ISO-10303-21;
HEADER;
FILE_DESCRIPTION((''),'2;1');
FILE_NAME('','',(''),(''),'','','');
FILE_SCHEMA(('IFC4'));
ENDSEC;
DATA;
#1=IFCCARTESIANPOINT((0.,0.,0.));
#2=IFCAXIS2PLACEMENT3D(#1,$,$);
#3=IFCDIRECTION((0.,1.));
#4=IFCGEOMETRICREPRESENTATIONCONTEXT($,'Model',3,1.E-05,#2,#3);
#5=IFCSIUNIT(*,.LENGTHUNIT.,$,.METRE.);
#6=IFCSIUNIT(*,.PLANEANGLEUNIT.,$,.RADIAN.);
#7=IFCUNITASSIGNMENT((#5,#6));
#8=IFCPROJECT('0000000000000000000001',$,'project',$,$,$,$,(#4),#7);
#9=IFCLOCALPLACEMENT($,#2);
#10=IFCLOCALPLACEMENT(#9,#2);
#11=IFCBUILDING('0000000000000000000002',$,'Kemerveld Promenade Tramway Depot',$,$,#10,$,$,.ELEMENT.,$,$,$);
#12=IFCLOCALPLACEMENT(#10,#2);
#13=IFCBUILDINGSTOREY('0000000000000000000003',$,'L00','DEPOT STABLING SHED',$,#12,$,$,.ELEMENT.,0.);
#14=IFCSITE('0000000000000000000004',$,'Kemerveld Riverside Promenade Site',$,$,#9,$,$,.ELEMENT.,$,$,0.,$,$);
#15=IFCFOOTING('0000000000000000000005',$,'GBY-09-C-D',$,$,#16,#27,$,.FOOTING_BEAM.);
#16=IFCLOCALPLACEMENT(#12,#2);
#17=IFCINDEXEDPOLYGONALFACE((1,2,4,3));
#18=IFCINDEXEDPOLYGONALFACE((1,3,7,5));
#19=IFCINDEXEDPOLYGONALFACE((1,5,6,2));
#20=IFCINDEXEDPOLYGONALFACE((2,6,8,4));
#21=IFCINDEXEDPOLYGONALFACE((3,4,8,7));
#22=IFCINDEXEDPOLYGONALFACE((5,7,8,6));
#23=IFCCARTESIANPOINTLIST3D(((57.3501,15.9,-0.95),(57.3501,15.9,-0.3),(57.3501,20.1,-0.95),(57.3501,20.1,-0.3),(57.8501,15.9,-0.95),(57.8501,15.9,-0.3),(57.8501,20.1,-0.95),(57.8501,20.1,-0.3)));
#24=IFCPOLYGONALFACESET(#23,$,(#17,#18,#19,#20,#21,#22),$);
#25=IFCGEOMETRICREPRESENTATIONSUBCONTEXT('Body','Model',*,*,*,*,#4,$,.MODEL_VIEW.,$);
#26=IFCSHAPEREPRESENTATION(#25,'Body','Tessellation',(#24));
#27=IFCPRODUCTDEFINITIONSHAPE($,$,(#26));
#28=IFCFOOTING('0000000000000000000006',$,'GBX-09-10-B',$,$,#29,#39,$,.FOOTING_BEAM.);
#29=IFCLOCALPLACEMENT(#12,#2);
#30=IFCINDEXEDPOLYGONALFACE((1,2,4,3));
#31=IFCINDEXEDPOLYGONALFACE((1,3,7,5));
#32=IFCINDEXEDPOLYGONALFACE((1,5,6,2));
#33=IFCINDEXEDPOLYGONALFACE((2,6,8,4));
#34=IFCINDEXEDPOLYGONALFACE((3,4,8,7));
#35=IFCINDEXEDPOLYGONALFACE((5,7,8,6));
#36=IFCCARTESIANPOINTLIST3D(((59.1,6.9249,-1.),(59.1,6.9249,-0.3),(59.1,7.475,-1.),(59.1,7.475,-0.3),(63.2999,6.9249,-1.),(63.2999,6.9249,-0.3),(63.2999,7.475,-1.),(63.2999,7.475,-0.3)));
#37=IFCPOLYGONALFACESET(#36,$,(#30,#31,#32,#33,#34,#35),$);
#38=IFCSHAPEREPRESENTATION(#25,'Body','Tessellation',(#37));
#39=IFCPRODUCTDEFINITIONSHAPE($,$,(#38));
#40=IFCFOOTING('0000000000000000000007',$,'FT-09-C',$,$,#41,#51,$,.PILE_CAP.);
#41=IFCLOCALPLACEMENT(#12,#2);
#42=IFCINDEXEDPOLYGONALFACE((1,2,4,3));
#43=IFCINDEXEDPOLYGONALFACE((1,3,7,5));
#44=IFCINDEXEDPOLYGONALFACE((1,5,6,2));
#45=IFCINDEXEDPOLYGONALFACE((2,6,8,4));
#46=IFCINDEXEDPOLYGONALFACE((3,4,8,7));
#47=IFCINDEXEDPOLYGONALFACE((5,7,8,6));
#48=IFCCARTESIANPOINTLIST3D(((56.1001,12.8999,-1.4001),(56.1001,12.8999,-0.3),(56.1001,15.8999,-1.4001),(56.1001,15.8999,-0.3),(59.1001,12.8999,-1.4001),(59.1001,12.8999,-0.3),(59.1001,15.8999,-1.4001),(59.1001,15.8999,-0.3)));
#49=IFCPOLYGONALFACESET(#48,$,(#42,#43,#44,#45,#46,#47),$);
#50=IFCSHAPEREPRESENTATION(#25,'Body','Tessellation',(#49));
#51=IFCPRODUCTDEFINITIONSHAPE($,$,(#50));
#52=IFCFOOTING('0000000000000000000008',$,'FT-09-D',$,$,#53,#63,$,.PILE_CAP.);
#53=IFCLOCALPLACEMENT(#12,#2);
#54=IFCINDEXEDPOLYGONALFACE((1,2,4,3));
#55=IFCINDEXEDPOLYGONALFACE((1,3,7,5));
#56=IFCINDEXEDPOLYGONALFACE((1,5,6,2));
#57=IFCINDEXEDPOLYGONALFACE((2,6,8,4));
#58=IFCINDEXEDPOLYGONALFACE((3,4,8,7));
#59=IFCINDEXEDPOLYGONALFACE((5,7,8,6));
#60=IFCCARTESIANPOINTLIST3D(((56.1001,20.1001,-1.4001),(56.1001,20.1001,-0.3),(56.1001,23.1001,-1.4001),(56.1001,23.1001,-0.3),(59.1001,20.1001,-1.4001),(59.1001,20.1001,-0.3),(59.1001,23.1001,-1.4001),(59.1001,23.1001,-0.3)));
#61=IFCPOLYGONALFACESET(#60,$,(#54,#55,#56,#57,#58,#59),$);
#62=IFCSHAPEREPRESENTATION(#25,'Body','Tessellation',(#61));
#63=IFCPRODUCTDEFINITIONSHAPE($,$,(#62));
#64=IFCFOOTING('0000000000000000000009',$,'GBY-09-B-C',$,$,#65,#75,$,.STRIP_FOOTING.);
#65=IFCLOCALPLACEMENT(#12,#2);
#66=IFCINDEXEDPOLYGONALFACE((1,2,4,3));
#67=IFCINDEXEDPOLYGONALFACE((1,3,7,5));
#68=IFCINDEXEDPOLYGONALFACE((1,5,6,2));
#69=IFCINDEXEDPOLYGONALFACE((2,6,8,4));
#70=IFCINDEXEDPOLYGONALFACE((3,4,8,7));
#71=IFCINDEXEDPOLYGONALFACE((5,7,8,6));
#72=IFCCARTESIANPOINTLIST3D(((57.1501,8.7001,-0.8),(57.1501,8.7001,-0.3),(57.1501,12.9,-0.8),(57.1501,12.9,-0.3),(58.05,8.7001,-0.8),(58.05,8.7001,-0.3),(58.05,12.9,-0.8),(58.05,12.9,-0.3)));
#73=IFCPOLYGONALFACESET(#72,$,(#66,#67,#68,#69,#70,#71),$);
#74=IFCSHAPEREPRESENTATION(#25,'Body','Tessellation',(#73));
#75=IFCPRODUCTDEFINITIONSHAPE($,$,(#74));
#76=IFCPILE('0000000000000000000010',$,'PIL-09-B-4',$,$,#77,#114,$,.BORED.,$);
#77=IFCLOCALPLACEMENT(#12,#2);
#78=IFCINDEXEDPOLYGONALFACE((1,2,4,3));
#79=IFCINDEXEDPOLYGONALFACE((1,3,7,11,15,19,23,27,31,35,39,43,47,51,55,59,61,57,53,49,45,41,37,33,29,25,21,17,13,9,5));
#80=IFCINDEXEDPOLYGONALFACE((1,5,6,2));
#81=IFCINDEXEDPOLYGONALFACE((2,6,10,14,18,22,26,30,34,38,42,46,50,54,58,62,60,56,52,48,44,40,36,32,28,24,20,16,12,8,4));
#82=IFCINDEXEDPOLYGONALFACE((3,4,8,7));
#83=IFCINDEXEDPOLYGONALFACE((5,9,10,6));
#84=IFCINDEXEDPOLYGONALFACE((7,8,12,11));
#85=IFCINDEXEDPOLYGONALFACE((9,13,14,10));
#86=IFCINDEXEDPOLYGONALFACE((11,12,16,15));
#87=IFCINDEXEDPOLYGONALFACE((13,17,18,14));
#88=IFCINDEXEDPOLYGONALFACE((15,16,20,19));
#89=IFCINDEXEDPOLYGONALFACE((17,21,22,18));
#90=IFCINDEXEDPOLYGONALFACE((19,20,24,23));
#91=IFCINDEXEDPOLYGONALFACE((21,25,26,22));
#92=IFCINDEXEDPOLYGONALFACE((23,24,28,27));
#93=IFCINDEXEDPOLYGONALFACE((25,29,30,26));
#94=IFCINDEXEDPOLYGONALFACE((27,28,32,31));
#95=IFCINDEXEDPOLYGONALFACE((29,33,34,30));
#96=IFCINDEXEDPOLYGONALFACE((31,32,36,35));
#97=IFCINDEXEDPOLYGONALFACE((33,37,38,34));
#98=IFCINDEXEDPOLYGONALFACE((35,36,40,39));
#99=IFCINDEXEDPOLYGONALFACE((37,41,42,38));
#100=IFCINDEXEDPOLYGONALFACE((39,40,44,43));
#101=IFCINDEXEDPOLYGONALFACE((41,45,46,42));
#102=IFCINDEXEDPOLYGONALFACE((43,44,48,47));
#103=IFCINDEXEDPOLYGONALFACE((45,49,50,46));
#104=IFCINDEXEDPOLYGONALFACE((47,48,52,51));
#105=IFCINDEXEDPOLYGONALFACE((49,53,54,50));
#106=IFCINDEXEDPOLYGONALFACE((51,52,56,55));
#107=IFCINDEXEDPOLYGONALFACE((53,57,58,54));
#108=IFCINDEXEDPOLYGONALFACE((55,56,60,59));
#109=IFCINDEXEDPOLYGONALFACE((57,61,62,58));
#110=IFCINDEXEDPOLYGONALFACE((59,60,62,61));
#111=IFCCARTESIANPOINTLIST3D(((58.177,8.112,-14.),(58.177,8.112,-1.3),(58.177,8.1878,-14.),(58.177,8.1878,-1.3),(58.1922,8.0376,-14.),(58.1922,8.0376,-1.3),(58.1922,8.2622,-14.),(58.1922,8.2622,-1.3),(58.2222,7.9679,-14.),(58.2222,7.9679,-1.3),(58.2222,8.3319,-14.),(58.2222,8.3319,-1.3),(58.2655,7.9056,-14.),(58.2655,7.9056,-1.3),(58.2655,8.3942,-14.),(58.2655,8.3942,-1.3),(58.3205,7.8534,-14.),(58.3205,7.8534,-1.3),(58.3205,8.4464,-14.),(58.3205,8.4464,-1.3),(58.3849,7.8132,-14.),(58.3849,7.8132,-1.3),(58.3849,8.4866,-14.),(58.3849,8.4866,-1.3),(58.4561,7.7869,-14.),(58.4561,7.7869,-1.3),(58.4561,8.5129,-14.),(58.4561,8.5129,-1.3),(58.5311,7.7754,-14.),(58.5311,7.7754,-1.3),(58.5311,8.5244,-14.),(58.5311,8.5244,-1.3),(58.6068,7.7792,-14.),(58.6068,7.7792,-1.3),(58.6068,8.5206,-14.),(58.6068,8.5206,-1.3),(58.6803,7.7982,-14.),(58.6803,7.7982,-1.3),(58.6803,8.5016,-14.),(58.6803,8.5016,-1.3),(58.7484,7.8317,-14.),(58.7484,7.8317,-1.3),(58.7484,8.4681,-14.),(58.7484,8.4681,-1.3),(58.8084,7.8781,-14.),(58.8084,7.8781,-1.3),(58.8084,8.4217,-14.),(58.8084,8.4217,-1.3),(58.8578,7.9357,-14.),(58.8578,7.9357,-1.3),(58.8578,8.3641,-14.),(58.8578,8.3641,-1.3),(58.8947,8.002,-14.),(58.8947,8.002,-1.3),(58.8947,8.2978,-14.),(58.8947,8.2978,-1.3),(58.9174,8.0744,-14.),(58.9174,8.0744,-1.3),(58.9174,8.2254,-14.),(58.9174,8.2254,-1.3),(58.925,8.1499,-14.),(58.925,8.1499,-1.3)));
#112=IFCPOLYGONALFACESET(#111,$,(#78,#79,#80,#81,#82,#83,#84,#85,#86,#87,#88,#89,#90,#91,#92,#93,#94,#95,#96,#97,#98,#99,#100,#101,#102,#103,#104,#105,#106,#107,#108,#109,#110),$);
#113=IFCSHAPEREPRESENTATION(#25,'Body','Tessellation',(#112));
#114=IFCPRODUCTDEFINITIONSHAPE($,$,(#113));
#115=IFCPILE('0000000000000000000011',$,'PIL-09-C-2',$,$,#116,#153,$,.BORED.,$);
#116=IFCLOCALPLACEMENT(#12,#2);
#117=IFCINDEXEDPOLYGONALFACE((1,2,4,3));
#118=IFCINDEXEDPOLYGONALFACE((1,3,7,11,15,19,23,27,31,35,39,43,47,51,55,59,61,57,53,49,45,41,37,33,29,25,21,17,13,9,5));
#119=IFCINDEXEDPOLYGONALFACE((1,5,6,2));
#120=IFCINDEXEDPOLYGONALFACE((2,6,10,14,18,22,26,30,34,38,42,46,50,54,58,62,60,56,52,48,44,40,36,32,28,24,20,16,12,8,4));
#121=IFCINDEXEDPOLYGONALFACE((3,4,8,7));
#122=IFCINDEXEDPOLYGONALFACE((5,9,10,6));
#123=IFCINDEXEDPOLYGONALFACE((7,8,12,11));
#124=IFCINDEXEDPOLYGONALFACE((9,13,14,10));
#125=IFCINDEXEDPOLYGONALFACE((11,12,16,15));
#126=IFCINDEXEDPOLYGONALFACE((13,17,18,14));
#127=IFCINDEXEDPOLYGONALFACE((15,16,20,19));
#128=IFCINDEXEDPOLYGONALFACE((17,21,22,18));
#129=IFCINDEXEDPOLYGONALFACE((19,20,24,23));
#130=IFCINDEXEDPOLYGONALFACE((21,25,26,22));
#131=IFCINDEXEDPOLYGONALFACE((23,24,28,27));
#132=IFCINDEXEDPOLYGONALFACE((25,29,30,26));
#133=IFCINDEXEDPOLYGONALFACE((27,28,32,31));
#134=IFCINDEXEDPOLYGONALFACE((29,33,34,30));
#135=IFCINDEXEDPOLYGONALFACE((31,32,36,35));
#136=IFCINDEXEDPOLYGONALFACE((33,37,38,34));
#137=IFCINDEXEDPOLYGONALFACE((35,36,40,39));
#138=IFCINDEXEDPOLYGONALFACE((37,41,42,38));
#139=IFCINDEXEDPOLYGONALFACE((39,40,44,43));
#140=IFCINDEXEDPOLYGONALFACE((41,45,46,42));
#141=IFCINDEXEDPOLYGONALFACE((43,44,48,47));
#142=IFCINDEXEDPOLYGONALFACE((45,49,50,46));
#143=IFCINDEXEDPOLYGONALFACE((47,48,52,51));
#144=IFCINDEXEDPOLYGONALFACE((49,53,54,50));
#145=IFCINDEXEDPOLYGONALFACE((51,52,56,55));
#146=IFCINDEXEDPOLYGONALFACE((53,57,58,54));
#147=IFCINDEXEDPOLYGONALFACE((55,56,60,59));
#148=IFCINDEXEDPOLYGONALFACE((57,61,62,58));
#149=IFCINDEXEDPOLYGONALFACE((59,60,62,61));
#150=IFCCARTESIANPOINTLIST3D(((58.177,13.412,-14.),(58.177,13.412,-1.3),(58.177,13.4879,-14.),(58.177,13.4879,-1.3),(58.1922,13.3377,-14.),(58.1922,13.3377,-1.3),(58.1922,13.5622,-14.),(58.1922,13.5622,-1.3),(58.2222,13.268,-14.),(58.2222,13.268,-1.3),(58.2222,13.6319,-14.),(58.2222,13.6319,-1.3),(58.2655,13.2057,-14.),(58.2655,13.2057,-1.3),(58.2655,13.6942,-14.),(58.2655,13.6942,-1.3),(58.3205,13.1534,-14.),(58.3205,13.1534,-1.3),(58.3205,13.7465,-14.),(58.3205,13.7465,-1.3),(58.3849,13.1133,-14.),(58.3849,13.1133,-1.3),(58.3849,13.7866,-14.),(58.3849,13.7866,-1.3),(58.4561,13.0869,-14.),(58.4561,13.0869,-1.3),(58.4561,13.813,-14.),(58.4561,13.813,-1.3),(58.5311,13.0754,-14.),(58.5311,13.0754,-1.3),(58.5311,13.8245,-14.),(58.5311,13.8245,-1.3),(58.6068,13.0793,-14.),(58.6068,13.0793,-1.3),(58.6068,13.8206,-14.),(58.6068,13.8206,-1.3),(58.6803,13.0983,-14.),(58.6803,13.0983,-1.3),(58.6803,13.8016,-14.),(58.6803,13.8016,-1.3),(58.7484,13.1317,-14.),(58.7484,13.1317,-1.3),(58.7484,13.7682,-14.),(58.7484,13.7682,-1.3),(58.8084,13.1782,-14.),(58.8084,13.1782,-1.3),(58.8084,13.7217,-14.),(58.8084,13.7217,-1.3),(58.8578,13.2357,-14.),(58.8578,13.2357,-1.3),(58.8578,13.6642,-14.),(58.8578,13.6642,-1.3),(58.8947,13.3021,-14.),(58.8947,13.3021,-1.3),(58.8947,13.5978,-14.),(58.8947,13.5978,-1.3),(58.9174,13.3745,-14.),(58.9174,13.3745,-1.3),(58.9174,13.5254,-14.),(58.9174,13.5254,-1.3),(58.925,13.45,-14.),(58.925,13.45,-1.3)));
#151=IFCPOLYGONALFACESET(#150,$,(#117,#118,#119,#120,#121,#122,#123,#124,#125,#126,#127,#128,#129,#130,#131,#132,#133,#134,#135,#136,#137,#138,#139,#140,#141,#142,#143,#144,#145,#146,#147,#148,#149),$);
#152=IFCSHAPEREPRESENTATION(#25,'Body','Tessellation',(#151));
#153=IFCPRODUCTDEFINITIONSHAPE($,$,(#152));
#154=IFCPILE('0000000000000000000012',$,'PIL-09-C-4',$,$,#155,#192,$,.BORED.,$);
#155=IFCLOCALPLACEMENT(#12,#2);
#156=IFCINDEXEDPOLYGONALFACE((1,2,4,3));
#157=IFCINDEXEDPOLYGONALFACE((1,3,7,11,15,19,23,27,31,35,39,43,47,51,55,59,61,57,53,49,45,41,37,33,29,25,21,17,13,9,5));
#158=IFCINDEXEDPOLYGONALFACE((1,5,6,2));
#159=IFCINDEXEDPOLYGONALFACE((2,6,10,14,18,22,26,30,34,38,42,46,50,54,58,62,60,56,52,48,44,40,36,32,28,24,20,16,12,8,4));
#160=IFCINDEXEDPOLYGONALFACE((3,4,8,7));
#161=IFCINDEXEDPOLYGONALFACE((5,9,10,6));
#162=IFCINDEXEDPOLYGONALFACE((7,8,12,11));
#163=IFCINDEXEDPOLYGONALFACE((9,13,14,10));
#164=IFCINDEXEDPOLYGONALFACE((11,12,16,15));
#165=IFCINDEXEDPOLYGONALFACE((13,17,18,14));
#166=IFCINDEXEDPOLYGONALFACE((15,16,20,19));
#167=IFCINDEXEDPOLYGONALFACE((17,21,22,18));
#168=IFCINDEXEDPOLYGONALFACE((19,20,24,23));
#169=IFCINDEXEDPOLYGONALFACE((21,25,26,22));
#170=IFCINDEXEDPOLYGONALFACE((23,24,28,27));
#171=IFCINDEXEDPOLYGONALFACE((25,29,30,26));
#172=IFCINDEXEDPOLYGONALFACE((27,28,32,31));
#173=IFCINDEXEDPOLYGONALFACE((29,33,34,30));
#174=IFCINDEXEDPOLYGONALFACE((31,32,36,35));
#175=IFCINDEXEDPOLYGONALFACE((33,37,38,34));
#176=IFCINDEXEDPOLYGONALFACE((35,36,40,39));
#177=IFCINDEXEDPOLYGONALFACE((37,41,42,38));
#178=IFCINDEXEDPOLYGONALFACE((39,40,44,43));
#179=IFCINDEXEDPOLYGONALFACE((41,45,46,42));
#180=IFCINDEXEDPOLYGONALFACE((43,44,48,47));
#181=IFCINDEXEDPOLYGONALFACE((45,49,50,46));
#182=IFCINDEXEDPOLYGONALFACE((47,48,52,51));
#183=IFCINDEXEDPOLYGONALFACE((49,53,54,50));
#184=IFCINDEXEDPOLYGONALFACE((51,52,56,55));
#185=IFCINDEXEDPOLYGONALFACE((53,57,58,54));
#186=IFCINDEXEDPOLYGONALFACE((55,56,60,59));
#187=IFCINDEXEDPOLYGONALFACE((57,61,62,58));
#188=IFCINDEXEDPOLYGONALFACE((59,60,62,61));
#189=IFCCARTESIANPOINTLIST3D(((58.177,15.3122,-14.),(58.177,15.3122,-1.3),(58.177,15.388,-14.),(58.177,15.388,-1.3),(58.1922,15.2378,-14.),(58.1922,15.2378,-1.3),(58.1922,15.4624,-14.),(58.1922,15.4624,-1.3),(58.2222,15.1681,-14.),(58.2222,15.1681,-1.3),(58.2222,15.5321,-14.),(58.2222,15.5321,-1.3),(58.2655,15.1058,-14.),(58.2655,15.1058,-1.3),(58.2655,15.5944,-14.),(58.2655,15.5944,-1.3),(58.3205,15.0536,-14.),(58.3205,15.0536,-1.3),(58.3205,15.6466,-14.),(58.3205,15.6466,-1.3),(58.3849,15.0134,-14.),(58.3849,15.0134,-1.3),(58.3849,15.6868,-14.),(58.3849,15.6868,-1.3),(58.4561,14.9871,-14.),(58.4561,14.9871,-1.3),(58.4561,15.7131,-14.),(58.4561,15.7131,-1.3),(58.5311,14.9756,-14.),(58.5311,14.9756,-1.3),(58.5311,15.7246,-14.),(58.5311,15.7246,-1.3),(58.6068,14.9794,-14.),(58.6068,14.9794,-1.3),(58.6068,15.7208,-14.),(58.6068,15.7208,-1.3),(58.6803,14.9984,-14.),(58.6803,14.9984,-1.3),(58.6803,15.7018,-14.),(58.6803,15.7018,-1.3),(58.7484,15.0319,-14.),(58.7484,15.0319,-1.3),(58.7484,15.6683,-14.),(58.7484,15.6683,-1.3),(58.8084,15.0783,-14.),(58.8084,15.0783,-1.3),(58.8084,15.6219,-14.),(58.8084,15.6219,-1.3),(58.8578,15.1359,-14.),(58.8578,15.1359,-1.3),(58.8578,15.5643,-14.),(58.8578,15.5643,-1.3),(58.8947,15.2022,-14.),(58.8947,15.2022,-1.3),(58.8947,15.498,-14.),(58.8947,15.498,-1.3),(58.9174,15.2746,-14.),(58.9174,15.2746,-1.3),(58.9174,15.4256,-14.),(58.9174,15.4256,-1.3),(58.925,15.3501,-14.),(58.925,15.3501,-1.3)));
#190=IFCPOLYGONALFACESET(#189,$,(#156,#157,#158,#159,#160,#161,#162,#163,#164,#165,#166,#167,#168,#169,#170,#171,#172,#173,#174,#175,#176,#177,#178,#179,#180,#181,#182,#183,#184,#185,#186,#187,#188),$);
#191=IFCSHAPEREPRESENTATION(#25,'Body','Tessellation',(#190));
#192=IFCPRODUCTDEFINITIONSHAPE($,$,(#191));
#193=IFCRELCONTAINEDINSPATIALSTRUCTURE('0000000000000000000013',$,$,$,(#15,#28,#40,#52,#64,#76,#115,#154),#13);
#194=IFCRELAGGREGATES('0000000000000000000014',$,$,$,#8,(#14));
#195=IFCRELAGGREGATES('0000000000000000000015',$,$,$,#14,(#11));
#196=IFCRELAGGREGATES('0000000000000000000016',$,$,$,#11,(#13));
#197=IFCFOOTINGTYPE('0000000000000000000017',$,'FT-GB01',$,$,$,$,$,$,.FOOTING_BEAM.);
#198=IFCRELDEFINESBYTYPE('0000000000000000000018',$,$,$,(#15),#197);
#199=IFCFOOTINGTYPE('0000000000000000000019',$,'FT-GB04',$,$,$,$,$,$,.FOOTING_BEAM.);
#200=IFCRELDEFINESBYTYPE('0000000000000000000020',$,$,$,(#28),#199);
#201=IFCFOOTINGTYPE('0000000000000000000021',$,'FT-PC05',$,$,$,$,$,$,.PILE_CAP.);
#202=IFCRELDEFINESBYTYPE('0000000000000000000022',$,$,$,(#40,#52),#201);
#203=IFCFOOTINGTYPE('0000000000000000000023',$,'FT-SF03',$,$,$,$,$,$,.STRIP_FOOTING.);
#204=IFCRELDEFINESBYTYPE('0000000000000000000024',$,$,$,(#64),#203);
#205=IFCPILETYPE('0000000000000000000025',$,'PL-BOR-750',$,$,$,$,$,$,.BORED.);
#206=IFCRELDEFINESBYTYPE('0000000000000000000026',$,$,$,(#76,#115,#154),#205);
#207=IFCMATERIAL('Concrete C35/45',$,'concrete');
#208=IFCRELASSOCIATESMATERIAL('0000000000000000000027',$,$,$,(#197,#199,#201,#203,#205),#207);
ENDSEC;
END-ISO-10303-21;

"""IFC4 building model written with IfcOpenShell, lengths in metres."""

from ifc_helpers import new_model, si_unit, direction, frame, origin, origin_2d, place, context, subcontext, project, spatial, rectangle, circle, extrude, material, material_profile, profile_set, type_object, element, save


model = new_model("IFC4")

# Units and contexts
model_context = context("Model", 3, precision=1e-05, world=origin(), true_north=direction((0.0, 1.0)))
body_context = subcontext(model_context, "Body", "Model", "MODEL_VIEW")
ifc_project = project(units=[si_unit("LENGTHUNIT", "METRE"), si_unit("PLANEANGLEUNIT", "RADIAN")], contexts=[model_context])

# Site, building, storey
site_placement = place(None, origin())
site = spatial("IfcSite", under=ifc_project, at=site_placement, Name="Kemerveld Riverside Promenade Site", CompositionType="ELEMENT", RefElevation=0.0)
building_placement = place(site_placement, origin())
building = spatial("IfcBuilding", under=site, at=building_placement, Name="Kemerveld Promenade Tramway Depot", CompositionType="ELEMENT")
storey_placement = place(building_placement, origin())
storey = spatial("IfcBuildingStorey", under=building, at=storey_placement, Name="L00", Description="DEPOT STABLING SHED", CompositionType="ELEMENT", Elevation=0.0)

# Footings
ifc_material_1 = material(Name="Concrete C35/45", Category="concrete")
footing_type_1 = type_object("IfcFootingType", Name="FT-GB01", PredefinedType="FOOTING_BEAM", material=ifc_material_1)
footing_1_placement = place(storey_placement, frame((57.6001, 18.0, -0.95), z_axis=(0.0, 0.0, 1.0), x_axis=(0.0, 1.0, 0.0)))
element("IfcFooting", 1, at=footing_1_placement, inside=storey, type_object=footing_type_1, Name="GBY-09-C-D", PredefinedType="FOOTING_BEAM", context=body_context, shape_type="SweptSolid", body=[
    extrude(rectangle(XDim=4.2, YDim=0.5, at=origin_2d()), origin(), (0.0, 0.0, 1.0), 0.6499),
])
footing_type_2 = type_object("IfcFootingType", Name="FT-GB04", PredefinedType="FOOTING_BEAM", material=ifc_material_1)
footing_2_placement = place(storey_placement, frame((61.2, 7.2, -1.0), z_axis=(0.0, 0.0, 1.0), x_axis=(1.0, 0.0, 0.0)))
element("IfcFooting", 2, at=footing_2_placement, inside=storey, type_object=footing_type_2, Name="GBX-09-10-B", PredefinedType="FOOTING_BEAM", context=body_context, shape_type="SweptSolid", body=[
    extrude(rectangle(XDim=4.2, YDim=0.55, at=origin_2d()), origin(), (0.0, 0.0, 1.0), 0.7),
])
footing_type_3 = type_object("IfcFootingType", Name="FT-PC05", PredefinedType="PILE_CAP", material=ifc_material_1)
for number, where, z_axis, x_axis, name in (
    (3, (57.6001, 14.3999, -1.4001), (0.0, 0.0, 1.0), (1.0, 0.0, 0.0), "FT-09-C"),
    (4, (57.6001, 21.6001, -1.4001), (0.0, 0.0, 1.0), (1.0, 0.0, 0.0), "FT-09-D"),
):
    element("IfcFooting", number, at=place(storey_placement, frame(where, z_axis=z_axis, x_axis=x_axis)), inside=storey, type_object=footing_type_3, Name=name, PredefinedType="PILE_CAP", context=body_context, shape_type="SweptSolid", body=[
        extrude(rectangle(XDim=3.0, YDim=3.0, at=origin_2d()), origin(), (0.0, 0.0, 1.0), 1.1001),
    ])
footing_type_4 = type_object("IfcFootingType", Name="FT-SF03", PredefinedType="STRIP_FOOTING", material=ifc_material_1)
footing_3_placement = place(storey_placement, frame((57.6001, 10.8, -0.8), z_axis=(0.0, 0.0, 1.0), x_axis=(0.0, 1.0, 0.0)))
element("IfcFooting", 5, at=footing_3_placement, inside=storey, type_object=footing_type_4, Name="GBY-09-B-C", PredefinedType="STRIP_FOOTING", context=body_context, shape_type="SweptSolid", body=[
    extrude(rectangle(XDim=4.2, YDim=0.8999, at=origin_2d()), origin(), (0.0, 0.0, 1.0), 0.5),
])

# Piles
ifc_material_profile_1 = material_profile(ifc_material_1, circle(Radius=0.375, at=origin_2d()), Name="PILE-D750")
ifc_profile_set_1 = profile_set([ifc_material_profile_1], Name="Concrete C35/45")
pile_type = type_object("IfcPileType", Name="PL-BOR-750", PredefinedType="BORED", material=ifc_profile_set_1)
for number, where, z_axis, x_axis, name in (
    (6, (58.55, 8.1499, -1.3), (0.0, 0.0, -1.0), (1.0, 0.0, 0.0), "PIL-09-B-4"),
    (7, (58.55, 13.45, -1.3), (0.0, 0.0, -1.0), (1.0, 0.0, 0.0), "PIL-09-C-2"),
    (8, (58.55, 15.3501, -1.3), (0.0, 0.0, -1.0), (1.0, 0.0, 0.0), "PIL-09-C-4"),
):
    element("IfcPile", number, at=place(storey_placement, frame(where, z_axis=z_axis, x_axis=x_axis)), inside=storey, type_object=pile_type, Name=name, PredefinedType="BORED", context=body_context, shape_type="SweptSolid", body=[
        extrude(circle(Radius=0.375, at=origin_2d()), origin(), (0.0, 0.0, 1.0), 12.7),
    ])

save(model, "model.ifc")
